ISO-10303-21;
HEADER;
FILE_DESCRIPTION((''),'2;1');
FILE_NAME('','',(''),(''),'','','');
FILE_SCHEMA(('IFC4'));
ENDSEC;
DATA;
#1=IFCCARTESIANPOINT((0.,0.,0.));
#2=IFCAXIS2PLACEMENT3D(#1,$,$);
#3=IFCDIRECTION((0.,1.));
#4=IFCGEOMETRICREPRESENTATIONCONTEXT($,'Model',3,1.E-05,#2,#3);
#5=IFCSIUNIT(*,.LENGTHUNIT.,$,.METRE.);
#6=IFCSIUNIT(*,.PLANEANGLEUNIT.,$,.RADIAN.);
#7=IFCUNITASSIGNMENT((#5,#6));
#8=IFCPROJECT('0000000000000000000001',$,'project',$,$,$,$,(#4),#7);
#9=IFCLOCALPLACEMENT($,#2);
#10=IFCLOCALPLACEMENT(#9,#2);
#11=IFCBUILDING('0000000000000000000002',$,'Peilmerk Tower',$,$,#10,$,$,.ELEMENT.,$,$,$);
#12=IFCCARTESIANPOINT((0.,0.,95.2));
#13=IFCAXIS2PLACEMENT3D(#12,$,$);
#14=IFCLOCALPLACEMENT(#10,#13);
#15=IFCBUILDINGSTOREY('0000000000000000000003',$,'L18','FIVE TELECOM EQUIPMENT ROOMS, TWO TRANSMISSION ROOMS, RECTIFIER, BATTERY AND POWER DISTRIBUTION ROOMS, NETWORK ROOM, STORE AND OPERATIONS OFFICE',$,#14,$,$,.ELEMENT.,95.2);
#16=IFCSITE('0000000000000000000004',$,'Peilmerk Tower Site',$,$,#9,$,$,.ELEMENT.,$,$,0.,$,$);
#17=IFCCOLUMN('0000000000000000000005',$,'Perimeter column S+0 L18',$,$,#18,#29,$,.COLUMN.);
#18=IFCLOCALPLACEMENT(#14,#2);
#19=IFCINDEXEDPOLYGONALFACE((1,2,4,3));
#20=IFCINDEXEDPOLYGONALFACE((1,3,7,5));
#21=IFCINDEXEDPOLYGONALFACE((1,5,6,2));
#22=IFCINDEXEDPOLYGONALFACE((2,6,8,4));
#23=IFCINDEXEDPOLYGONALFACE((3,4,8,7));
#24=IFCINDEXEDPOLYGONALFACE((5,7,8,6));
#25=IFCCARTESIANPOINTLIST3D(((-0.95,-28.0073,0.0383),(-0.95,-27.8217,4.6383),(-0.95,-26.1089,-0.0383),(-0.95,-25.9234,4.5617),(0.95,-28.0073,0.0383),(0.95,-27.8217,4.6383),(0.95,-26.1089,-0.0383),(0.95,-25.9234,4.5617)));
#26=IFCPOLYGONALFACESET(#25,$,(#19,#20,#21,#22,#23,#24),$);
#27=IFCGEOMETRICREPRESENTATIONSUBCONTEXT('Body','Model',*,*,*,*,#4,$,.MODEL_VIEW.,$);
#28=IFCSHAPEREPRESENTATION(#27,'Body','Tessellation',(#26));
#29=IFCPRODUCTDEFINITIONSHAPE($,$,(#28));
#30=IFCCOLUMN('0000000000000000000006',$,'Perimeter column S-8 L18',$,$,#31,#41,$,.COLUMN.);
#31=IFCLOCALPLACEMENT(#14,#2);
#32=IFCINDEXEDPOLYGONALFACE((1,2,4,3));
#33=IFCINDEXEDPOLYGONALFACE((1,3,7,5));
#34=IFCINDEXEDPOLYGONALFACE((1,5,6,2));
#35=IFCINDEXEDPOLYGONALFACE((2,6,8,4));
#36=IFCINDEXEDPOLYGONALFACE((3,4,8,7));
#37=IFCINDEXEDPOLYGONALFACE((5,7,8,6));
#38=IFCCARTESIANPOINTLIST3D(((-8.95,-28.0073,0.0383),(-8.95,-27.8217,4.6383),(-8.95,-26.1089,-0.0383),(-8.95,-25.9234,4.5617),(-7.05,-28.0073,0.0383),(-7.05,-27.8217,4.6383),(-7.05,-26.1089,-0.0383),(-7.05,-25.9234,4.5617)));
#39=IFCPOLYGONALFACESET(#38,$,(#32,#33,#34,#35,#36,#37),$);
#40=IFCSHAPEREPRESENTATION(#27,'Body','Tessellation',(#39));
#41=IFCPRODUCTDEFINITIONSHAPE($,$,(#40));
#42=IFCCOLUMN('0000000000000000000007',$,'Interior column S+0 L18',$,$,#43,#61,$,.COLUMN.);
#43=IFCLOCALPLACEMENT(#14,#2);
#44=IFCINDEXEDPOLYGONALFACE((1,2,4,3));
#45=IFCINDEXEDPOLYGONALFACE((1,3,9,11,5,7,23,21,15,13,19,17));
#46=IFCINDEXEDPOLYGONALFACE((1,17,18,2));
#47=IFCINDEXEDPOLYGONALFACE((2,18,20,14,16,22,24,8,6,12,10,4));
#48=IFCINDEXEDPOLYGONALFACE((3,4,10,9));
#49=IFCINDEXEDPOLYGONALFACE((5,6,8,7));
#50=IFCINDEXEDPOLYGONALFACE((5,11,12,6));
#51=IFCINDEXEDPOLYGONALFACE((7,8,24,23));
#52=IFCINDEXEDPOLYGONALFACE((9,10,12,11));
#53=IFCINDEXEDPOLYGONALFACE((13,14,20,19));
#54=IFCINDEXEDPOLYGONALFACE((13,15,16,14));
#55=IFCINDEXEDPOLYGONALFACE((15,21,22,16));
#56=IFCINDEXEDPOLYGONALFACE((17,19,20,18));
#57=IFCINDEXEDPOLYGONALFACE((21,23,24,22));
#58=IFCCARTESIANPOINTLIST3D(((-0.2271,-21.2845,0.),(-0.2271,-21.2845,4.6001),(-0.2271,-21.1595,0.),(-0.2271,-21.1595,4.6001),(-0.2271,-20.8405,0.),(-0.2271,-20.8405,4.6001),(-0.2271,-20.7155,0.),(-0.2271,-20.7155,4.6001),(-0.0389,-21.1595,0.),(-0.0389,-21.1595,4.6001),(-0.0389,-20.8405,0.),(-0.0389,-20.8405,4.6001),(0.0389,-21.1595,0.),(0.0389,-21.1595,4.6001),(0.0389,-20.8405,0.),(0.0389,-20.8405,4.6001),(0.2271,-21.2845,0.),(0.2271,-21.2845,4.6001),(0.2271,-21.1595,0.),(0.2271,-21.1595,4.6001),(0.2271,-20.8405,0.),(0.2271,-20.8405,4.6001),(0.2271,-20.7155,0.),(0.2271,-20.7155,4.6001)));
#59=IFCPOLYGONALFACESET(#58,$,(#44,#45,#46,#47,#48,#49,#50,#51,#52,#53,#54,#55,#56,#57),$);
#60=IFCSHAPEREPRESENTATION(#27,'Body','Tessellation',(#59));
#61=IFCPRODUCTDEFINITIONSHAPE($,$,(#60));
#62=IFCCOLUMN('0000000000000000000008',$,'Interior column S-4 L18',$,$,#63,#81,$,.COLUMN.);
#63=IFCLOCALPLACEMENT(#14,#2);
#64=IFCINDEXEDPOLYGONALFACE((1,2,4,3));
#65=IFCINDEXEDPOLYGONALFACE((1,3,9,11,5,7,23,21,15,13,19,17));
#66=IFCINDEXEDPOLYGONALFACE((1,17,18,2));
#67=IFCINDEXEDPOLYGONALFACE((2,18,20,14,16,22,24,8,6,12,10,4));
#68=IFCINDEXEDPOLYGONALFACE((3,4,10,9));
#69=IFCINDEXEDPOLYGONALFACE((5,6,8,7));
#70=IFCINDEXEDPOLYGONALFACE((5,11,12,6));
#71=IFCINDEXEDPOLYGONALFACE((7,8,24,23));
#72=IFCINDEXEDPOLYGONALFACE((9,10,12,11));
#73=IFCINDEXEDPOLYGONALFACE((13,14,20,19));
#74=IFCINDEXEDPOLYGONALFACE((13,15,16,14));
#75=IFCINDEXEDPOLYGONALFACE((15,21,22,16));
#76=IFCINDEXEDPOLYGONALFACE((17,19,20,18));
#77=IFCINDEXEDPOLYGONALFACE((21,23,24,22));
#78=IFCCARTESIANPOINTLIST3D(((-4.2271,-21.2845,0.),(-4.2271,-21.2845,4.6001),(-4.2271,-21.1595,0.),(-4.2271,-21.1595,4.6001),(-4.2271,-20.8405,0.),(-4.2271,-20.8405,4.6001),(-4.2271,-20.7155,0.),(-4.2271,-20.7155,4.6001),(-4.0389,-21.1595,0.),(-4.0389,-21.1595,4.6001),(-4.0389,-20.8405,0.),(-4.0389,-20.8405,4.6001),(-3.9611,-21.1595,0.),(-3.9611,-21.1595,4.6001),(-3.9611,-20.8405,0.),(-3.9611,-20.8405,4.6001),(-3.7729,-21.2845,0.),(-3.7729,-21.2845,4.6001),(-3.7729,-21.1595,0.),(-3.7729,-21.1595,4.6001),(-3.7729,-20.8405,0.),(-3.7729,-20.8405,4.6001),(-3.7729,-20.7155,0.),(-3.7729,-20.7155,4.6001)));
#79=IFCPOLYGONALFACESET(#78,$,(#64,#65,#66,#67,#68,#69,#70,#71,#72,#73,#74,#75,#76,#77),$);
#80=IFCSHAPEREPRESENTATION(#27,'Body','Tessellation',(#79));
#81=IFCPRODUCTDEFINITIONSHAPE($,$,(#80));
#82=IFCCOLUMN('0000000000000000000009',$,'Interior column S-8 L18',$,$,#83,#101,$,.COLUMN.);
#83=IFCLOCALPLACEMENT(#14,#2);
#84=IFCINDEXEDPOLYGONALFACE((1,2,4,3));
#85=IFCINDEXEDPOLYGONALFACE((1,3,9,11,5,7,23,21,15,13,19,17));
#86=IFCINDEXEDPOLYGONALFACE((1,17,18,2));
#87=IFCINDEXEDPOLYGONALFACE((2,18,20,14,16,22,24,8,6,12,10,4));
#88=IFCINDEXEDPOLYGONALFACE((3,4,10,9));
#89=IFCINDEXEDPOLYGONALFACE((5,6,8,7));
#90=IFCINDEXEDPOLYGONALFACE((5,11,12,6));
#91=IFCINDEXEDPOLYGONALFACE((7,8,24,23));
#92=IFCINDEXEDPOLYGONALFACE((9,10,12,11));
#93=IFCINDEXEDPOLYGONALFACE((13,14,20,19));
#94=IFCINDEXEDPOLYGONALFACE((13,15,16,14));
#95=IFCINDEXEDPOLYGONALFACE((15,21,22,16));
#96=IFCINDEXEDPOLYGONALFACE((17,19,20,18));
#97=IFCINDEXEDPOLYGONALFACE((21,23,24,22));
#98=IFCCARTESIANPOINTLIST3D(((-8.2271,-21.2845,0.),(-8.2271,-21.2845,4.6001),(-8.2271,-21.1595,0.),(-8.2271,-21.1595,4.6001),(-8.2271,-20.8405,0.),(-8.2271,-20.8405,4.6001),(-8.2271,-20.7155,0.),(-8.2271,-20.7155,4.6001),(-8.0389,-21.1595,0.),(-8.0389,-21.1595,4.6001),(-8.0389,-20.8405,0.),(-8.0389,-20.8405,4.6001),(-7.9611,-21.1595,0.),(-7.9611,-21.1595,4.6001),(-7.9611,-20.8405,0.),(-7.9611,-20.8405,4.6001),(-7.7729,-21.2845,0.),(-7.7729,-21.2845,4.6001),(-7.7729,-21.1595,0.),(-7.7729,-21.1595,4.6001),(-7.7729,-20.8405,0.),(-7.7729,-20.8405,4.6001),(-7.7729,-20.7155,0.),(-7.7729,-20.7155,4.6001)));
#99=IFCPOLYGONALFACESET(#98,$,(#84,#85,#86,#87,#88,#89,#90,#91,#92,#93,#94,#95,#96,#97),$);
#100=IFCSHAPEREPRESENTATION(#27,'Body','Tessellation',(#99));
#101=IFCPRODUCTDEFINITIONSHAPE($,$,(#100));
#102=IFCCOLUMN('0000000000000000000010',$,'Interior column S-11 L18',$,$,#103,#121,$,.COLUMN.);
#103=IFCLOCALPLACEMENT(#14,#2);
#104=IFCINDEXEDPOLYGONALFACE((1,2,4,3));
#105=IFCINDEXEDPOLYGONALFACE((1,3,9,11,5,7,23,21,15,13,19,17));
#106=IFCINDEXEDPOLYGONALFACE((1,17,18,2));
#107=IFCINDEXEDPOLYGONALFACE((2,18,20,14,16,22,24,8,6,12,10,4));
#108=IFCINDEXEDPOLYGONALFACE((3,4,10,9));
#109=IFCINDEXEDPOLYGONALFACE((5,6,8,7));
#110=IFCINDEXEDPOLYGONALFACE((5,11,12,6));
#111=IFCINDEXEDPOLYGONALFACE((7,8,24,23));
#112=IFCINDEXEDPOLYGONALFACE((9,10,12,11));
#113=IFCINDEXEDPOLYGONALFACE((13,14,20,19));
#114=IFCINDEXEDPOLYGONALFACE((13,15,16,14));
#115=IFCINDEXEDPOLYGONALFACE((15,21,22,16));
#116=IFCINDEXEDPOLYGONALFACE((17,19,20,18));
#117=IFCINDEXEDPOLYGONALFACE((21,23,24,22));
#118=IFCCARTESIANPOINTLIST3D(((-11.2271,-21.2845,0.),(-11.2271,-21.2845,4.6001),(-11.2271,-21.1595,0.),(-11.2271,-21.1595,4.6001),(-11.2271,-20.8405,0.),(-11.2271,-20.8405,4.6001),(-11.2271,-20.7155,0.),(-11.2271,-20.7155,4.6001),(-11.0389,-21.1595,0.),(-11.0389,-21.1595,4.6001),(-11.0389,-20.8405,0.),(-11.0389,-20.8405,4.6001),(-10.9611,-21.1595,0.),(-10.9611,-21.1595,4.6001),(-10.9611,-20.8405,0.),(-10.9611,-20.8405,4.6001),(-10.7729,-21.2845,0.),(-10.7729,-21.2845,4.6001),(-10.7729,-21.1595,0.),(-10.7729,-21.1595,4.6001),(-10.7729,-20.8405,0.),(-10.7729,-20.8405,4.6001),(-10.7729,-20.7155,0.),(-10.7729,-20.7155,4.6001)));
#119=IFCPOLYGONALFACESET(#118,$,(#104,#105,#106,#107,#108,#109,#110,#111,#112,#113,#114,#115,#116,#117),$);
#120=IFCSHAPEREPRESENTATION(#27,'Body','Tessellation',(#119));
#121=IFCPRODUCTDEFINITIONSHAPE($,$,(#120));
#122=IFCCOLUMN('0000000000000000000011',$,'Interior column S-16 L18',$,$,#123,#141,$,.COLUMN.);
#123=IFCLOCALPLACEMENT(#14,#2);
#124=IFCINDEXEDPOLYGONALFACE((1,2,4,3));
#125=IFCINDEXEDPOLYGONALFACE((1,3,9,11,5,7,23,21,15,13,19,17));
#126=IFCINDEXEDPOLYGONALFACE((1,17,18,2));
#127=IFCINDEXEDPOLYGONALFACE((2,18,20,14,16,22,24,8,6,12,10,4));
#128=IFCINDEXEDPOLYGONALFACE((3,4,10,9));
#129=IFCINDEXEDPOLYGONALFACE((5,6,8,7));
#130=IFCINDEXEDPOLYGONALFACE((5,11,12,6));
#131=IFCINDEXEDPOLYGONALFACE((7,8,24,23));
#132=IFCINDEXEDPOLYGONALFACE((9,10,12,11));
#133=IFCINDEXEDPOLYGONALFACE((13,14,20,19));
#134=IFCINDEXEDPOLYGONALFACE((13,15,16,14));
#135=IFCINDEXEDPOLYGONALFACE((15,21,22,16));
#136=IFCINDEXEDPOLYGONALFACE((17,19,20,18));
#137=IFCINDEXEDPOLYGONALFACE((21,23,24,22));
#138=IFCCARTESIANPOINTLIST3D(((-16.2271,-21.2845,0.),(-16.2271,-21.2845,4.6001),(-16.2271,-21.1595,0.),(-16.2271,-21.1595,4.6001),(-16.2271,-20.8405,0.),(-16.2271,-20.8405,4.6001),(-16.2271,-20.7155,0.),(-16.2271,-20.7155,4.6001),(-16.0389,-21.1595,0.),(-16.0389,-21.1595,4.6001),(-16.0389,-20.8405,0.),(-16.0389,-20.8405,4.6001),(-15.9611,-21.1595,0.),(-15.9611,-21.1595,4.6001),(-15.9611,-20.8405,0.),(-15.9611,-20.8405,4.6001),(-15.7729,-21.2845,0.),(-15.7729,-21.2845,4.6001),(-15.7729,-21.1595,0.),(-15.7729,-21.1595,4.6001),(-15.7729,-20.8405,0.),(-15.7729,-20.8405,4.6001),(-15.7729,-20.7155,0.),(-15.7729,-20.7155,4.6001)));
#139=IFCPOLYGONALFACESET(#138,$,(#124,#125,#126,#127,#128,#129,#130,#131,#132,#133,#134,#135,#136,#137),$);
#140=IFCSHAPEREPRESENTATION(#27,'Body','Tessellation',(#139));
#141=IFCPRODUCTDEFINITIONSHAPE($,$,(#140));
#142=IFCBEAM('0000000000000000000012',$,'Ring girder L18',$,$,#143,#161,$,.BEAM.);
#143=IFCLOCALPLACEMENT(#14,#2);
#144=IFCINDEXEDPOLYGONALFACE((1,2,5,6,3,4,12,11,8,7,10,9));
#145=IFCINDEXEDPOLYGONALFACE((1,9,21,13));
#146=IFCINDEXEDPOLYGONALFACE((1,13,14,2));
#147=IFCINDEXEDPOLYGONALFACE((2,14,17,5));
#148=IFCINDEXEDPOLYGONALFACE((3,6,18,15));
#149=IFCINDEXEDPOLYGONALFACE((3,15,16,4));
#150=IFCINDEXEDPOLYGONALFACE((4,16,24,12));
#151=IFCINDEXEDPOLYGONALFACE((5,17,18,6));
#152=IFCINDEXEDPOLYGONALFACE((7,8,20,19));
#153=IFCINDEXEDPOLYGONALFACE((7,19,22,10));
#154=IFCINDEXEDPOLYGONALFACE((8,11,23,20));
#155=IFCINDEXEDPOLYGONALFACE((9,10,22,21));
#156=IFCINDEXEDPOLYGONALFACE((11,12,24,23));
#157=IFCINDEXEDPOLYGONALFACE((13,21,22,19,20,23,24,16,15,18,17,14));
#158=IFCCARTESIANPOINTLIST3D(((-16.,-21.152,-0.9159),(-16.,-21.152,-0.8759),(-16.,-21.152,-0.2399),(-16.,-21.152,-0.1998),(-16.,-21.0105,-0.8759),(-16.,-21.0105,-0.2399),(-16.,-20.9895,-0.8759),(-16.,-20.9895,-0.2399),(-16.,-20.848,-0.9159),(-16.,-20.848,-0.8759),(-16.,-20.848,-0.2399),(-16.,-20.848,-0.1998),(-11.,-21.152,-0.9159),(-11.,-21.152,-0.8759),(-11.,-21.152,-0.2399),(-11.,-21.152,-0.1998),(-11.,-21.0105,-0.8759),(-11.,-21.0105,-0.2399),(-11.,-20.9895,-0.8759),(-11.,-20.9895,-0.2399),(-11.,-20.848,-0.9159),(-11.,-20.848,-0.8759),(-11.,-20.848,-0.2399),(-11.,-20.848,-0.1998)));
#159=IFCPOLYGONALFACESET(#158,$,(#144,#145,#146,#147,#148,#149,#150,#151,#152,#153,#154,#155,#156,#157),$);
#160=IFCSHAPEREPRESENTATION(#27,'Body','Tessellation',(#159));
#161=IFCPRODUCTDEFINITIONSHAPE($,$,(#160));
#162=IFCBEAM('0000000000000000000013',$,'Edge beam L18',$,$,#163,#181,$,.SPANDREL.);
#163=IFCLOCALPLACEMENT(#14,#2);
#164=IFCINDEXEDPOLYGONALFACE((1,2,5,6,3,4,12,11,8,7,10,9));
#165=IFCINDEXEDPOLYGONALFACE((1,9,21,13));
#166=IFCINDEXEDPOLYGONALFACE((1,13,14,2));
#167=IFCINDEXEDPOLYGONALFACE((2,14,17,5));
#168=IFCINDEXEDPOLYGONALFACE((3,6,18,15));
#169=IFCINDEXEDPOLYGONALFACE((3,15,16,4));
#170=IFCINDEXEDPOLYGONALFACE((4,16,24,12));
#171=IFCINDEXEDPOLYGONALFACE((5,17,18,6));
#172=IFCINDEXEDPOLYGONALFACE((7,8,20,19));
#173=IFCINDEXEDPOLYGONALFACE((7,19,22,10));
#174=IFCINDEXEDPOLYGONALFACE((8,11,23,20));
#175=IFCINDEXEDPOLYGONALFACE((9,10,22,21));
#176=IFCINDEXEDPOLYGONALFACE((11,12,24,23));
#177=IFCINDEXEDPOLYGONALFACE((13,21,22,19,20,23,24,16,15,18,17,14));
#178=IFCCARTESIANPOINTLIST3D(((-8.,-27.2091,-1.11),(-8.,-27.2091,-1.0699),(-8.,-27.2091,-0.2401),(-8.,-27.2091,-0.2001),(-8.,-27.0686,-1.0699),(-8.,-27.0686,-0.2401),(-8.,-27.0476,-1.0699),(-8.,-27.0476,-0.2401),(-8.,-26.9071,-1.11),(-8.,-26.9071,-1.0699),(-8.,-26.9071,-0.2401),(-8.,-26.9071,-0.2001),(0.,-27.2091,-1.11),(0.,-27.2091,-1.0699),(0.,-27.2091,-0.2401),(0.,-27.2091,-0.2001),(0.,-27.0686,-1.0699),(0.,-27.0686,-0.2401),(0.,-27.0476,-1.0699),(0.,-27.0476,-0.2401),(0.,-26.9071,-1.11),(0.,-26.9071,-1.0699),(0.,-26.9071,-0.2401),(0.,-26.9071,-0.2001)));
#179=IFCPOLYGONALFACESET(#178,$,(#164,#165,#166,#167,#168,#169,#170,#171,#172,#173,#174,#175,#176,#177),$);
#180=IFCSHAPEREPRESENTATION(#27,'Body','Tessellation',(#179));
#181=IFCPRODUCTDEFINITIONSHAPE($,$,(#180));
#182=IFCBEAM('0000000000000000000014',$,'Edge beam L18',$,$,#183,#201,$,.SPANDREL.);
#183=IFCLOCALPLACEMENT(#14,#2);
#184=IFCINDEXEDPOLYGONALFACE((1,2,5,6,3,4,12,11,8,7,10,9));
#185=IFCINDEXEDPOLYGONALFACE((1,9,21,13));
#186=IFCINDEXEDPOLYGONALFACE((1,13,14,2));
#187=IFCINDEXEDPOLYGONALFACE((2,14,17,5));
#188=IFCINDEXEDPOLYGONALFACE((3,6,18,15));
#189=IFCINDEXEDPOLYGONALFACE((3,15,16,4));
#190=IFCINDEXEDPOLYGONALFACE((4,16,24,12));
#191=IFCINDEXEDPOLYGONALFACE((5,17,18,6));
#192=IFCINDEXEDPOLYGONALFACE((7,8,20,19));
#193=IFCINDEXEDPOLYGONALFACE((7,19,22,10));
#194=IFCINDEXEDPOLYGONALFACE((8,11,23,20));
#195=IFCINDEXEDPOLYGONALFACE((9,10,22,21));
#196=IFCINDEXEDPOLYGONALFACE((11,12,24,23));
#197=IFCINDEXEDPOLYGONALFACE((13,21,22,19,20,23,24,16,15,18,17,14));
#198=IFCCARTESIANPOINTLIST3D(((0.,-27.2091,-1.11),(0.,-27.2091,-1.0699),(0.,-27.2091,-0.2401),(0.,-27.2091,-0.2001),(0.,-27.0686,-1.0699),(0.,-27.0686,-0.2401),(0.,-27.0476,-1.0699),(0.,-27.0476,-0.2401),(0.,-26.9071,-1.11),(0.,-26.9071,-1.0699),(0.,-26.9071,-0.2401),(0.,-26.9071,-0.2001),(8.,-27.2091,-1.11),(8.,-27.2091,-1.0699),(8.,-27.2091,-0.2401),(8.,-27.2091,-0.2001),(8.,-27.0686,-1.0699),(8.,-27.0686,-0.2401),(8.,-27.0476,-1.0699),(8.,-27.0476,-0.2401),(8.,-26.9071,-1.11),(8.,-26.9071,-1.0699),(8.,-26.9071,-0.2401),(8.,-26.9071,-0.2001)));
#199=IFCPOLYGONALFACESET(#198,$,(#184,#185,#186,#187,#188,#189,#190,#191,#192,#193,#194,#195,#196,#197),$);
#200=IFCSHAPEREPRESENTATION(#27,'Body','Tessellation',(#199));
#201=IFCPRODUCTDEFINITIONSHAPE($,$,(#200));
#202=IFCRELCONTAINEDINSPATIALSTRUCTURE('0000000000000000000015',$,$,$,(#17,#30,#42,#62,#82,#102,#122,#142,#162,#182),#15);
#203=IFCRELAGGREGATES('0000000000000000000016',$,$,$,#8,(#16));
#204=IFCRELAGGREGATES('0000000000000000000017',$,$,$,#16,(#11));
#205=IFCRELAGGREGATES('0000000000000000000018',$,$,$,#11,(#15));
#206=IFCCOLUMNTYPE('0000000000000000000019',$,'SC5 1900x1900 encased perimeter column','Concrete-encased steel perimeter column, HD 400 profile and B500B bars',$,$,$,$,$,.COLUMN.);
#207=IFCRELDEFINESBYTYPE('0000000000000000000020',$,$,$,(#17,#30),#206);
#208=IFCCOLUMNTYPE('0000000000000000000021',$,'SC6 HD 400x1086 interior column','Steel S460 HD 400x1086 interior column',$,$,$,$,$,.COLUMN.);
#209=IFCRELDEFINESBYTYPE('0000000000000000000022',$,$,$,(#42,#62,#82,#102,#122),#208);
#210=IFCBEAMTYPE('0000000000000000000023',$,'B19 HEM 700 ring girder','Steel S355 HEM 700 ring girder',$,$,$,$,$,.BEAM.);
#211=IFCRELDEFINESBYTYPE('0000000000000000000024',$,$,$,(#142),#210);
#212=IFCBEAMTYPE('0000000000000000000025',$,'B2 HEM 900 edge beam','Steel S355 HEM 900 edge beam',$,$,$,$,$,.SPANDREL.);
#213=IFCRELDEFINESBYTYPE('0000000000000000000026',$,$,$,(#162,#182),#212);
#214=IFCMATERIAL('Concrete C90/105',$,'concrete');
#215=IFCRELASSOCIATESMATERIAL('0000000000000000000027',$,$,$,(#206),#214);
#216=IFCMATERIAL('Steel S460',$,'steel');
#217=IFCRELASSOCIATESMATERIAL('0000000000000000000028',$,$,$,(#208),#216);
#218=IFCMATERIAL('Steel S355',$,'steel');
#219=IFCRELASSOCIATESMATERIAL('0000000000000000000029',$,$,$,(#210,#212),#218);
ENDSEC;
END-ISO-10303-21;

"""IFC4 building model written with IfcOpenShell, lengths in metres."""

from ifc_helpers import new_model, si_unit, direction, frame, origin, origin_2d, place, context, subcontext, project, spatial, rectangle, i_section, extrude, material, material_profile, profile_set, type_object, element, save


model = new_model("IFC4")

# Units and contexts
model_context = context("Model", 3, precision=1e-05, world=origin(), true_north=direction((0.0, 1.0)))
body_context = subcontext(model_context, "Body", "Model", "MODEL_VIEW")
ifc_project = project(units=[si_unit("LENGTHUNIT", "METRE"), si_unit("PLANEANGLEUNIT", "RADIAN")], contexts=[model_context])

# Site, building, storey
site_placement = place(None, origin())
site = spatial("IfcSite", under=ifc_project, at=site_placement, Name="Peilmerk Tower Site", CompositionType="ELEMENT", RefElevation=0.0)
building_placement = place(site_placement, origin())
building = spatial("IfcBuilding", under=site, at=building_placement, Name="Peilmerk Tower", CompositionType="ELEMENT")
storey_placement = place(building_placement, frame((0.0, 0.0, 95.2)))
storey = spatial("IfcBuildingStorey", under=building, at=storey_placement, Name="L18", Description="FIVE TELECOM EQUIPMENT ROOMS, TWO TRANSMISSION ROOMS, RECTIFIER, BATTERY AND POWER DISTRIBUTION ROOMS, NETWORK ROOM, STORE AND OPERATIONS OFFICE", CompositionType="ELEMENT", Elevation=95.2)

# Columns
ifc_material_1 = material(Name="Concrete C90/105", Category="concrete")
ifc_material_profile_1 = material_profile(ifc_material_1, rectangle(XDim=1.8999, YDim=1.8999, at=origin_2d()), Name="RC 1900x1900")
ifc_profile_set_1 = profile_set([ifc_material_profile_1], Name="Concrete C90/105")
column_type_1 = type_object("IfcColumnType", Name="SC5 1900x1900 encased perimeter column", Description="Concrete-encased steel perimeter column, HD 400 profile and B500B bars", PredefinedType="COLUMN", material=ifc_profile_set_1)
for number, where, z_axis, x_axis, name in (
    (1, (0.0, -27.0581, 0.0), (0.0, 0.040303, 0.999188), (-1.0, 0.0, 0.0), "Perimeter column S+0 L18"),
    (2, (-8.0, -27.0581, 0.0), (0.0, 0.040303, 0.999188), (-1.0, 0.0, 0.0), "Perimeter column S-8 L18"),
):
    element("IfcColumn", number, at=place(storey_placement, frame(where, z_axis=z_axis, x_axis=x_axis)), inside=storey, type_object=column_type_1, Name=name, PredefinedType="COLUMN", context=body_context, shape_type="SweptSolid", body=[
        extrude(rectangle(XDim=1.8999, YDim=1.8999, at=origin_2d()), origin(), (0.0, 0.0, 1.0), 4.6038),
    ])
ifc_material_2 = material(Name="Steel S460", Category="steel")
ifc_material_profile_2 = material_profile(ifc_material_2, i_section(OverallWidth=0.4541, OverallDepth=0.5691, WebThickness=0.0779, FlangeThickness=0.125, at=origin_2d()), Name="HD 400x1086")
ifc_profile_set_2 = profile_set([ifc_material_profile_2], Name="Steel S460")
column_type_2 = type_object("IfcColumnType", Name="SC6 HD 400x1086 interior column", Description="Steel S460 HD 400x1086 interior column", PredefinedType="COLUMN", material=ifc_profile_set_2)
for number, where, z_axis, x_axis, name in (
    (3, (0.0, -21.0, 0.0), (0.0, 0.0, 1.0), (1.0, 0.0, 0.0), "Interior column S+0 L18"),
    (4, (-4.0, -21.0, 0.0), (0.0, 0.0, 1.0), (1.0, 0.0, 0.0), "Interior column S-4 L18"),
    (5, (-8.0, -21.0, 0.0), (0.0, 0.0, 1.0), (1.0, 0.0, 0.0), "Interior column S-8 L18"),
    (6, (-11.0, -21.0, 0.0), (0.0, 0.0, 1.0), (1.0, 0.0, 0.0), "Interior column S-11 L18"),
    (7, (-16.0, -21.0, 0.0), (0.0, 0.0, 1.0), (1.0, 0.0, 0.0), "Interior column S-16 L18"),
):
    element("IfcColumn", number, at=place(storey_placement, frame(where, z_axis=z_axis, x_axis=x_axis)), inside=storey, type_object=column_type_2, Name=name, PredefinedType="COLUMN", context=body_context, shape_type="SweptSolid", body=[
        extrude(i_section(OverallWidth=0.4541, OverallDepth=0.5691, WebThickness=0.0779, FlangeThickness=0.125, at=origin_2d()), origin(), (0.0, 0.0, 1.0), 4.6001),
    ])

# Beams
ifc_material_3 = material(Name="Steel S355", Category="steel")
ifc_material_profile_3 = material_profile(ifc_material_3, i_section(OverallWidth=0.304, OverallDepth=0.7161, WebThickness=0.021, FlangeThickness=0.04, at=origin_2d()), Name="HEM 700")
ifc_profile_set_3 = profile_set([ifc_material_profile_3], Name="Steel S355")
beam_type_1 = type_object("IfcBeamType", Name="B19 HEM 700 ring girder", Description="Steel S355 HEM 700 ring girder", PredefinedType="BEAM", material=ifc_profile_set_3)
beam_1_placement = place(storey_placement, frame((-16.0, -21.0, -0.5579), z_axis=(1.0, 0.0, 0.0), x_axis=(0.0, 1.0, 0.0)))
element("IfcBeam", 8, at=beam_1_placement, inside=storey, type_object=beam_type_1, Name="Ring girder L18", PredefinedType="BEAM", context=body_context, shape_type="SweptSolid", body=[
    extrude(i_section(OverallWidth=0.304, OverallDepth=0.7161, WebThickness=0.021, FlangeThickness=0.04, at=origin_2d()), origin(), (0.0, 0.0, 1.0), 5.0),
])
ifc_material_profile_4 = material_profile(ifc_material_3, i_section(OverallWidth=0.302, OverallDepth=0.9099, WebThickness=0.021, FlangeThickness=0.04, at=origin_2d()), Name="HEM 900")
ifc_profile_set_4 = profile_set([ifc_material_profile_4], Name="Steel S355")
beam_type_2 = type_object("IfcBeamType", Name="B2 HEM 900 edge beam", Description="Steel S355 HEM 900 edge beam", PredefinedType="SPANDREL", material=ifc_profile_set_4)
for number, where, z_axis, x_axis, name in (
    (9, (-8.0, -27.0581, -0.655), (1.0, 0.0, 0.0), (0.0, 1.0, 0.0), "Edge beam L18"),
    (10, (0.0, -27.0581, -0.655), (1.0, 0.0, 0.0), (0.0, 1.0, 0.0), "Edge beam L18"),
):
    element("IfcBeam", number, at=place(storey_placement, frame(where, z_axis=z_axis, x_axis=x_axis)), inside=storey, type_object=beam_type_2, Name=name, PredefinedType="SPANDREL", context=body_context, shape_type="SweptSolid", body=[
        extrude(i_section(OverallWidth=0.302, OverallDepth=0.9099, WebThickness=0.021, FlangeThickness=0.04, at=origin_2d()), origin(), (0.0, 0.0, 1.0), 8.0),
    ])

save(model, "model.ifc")
